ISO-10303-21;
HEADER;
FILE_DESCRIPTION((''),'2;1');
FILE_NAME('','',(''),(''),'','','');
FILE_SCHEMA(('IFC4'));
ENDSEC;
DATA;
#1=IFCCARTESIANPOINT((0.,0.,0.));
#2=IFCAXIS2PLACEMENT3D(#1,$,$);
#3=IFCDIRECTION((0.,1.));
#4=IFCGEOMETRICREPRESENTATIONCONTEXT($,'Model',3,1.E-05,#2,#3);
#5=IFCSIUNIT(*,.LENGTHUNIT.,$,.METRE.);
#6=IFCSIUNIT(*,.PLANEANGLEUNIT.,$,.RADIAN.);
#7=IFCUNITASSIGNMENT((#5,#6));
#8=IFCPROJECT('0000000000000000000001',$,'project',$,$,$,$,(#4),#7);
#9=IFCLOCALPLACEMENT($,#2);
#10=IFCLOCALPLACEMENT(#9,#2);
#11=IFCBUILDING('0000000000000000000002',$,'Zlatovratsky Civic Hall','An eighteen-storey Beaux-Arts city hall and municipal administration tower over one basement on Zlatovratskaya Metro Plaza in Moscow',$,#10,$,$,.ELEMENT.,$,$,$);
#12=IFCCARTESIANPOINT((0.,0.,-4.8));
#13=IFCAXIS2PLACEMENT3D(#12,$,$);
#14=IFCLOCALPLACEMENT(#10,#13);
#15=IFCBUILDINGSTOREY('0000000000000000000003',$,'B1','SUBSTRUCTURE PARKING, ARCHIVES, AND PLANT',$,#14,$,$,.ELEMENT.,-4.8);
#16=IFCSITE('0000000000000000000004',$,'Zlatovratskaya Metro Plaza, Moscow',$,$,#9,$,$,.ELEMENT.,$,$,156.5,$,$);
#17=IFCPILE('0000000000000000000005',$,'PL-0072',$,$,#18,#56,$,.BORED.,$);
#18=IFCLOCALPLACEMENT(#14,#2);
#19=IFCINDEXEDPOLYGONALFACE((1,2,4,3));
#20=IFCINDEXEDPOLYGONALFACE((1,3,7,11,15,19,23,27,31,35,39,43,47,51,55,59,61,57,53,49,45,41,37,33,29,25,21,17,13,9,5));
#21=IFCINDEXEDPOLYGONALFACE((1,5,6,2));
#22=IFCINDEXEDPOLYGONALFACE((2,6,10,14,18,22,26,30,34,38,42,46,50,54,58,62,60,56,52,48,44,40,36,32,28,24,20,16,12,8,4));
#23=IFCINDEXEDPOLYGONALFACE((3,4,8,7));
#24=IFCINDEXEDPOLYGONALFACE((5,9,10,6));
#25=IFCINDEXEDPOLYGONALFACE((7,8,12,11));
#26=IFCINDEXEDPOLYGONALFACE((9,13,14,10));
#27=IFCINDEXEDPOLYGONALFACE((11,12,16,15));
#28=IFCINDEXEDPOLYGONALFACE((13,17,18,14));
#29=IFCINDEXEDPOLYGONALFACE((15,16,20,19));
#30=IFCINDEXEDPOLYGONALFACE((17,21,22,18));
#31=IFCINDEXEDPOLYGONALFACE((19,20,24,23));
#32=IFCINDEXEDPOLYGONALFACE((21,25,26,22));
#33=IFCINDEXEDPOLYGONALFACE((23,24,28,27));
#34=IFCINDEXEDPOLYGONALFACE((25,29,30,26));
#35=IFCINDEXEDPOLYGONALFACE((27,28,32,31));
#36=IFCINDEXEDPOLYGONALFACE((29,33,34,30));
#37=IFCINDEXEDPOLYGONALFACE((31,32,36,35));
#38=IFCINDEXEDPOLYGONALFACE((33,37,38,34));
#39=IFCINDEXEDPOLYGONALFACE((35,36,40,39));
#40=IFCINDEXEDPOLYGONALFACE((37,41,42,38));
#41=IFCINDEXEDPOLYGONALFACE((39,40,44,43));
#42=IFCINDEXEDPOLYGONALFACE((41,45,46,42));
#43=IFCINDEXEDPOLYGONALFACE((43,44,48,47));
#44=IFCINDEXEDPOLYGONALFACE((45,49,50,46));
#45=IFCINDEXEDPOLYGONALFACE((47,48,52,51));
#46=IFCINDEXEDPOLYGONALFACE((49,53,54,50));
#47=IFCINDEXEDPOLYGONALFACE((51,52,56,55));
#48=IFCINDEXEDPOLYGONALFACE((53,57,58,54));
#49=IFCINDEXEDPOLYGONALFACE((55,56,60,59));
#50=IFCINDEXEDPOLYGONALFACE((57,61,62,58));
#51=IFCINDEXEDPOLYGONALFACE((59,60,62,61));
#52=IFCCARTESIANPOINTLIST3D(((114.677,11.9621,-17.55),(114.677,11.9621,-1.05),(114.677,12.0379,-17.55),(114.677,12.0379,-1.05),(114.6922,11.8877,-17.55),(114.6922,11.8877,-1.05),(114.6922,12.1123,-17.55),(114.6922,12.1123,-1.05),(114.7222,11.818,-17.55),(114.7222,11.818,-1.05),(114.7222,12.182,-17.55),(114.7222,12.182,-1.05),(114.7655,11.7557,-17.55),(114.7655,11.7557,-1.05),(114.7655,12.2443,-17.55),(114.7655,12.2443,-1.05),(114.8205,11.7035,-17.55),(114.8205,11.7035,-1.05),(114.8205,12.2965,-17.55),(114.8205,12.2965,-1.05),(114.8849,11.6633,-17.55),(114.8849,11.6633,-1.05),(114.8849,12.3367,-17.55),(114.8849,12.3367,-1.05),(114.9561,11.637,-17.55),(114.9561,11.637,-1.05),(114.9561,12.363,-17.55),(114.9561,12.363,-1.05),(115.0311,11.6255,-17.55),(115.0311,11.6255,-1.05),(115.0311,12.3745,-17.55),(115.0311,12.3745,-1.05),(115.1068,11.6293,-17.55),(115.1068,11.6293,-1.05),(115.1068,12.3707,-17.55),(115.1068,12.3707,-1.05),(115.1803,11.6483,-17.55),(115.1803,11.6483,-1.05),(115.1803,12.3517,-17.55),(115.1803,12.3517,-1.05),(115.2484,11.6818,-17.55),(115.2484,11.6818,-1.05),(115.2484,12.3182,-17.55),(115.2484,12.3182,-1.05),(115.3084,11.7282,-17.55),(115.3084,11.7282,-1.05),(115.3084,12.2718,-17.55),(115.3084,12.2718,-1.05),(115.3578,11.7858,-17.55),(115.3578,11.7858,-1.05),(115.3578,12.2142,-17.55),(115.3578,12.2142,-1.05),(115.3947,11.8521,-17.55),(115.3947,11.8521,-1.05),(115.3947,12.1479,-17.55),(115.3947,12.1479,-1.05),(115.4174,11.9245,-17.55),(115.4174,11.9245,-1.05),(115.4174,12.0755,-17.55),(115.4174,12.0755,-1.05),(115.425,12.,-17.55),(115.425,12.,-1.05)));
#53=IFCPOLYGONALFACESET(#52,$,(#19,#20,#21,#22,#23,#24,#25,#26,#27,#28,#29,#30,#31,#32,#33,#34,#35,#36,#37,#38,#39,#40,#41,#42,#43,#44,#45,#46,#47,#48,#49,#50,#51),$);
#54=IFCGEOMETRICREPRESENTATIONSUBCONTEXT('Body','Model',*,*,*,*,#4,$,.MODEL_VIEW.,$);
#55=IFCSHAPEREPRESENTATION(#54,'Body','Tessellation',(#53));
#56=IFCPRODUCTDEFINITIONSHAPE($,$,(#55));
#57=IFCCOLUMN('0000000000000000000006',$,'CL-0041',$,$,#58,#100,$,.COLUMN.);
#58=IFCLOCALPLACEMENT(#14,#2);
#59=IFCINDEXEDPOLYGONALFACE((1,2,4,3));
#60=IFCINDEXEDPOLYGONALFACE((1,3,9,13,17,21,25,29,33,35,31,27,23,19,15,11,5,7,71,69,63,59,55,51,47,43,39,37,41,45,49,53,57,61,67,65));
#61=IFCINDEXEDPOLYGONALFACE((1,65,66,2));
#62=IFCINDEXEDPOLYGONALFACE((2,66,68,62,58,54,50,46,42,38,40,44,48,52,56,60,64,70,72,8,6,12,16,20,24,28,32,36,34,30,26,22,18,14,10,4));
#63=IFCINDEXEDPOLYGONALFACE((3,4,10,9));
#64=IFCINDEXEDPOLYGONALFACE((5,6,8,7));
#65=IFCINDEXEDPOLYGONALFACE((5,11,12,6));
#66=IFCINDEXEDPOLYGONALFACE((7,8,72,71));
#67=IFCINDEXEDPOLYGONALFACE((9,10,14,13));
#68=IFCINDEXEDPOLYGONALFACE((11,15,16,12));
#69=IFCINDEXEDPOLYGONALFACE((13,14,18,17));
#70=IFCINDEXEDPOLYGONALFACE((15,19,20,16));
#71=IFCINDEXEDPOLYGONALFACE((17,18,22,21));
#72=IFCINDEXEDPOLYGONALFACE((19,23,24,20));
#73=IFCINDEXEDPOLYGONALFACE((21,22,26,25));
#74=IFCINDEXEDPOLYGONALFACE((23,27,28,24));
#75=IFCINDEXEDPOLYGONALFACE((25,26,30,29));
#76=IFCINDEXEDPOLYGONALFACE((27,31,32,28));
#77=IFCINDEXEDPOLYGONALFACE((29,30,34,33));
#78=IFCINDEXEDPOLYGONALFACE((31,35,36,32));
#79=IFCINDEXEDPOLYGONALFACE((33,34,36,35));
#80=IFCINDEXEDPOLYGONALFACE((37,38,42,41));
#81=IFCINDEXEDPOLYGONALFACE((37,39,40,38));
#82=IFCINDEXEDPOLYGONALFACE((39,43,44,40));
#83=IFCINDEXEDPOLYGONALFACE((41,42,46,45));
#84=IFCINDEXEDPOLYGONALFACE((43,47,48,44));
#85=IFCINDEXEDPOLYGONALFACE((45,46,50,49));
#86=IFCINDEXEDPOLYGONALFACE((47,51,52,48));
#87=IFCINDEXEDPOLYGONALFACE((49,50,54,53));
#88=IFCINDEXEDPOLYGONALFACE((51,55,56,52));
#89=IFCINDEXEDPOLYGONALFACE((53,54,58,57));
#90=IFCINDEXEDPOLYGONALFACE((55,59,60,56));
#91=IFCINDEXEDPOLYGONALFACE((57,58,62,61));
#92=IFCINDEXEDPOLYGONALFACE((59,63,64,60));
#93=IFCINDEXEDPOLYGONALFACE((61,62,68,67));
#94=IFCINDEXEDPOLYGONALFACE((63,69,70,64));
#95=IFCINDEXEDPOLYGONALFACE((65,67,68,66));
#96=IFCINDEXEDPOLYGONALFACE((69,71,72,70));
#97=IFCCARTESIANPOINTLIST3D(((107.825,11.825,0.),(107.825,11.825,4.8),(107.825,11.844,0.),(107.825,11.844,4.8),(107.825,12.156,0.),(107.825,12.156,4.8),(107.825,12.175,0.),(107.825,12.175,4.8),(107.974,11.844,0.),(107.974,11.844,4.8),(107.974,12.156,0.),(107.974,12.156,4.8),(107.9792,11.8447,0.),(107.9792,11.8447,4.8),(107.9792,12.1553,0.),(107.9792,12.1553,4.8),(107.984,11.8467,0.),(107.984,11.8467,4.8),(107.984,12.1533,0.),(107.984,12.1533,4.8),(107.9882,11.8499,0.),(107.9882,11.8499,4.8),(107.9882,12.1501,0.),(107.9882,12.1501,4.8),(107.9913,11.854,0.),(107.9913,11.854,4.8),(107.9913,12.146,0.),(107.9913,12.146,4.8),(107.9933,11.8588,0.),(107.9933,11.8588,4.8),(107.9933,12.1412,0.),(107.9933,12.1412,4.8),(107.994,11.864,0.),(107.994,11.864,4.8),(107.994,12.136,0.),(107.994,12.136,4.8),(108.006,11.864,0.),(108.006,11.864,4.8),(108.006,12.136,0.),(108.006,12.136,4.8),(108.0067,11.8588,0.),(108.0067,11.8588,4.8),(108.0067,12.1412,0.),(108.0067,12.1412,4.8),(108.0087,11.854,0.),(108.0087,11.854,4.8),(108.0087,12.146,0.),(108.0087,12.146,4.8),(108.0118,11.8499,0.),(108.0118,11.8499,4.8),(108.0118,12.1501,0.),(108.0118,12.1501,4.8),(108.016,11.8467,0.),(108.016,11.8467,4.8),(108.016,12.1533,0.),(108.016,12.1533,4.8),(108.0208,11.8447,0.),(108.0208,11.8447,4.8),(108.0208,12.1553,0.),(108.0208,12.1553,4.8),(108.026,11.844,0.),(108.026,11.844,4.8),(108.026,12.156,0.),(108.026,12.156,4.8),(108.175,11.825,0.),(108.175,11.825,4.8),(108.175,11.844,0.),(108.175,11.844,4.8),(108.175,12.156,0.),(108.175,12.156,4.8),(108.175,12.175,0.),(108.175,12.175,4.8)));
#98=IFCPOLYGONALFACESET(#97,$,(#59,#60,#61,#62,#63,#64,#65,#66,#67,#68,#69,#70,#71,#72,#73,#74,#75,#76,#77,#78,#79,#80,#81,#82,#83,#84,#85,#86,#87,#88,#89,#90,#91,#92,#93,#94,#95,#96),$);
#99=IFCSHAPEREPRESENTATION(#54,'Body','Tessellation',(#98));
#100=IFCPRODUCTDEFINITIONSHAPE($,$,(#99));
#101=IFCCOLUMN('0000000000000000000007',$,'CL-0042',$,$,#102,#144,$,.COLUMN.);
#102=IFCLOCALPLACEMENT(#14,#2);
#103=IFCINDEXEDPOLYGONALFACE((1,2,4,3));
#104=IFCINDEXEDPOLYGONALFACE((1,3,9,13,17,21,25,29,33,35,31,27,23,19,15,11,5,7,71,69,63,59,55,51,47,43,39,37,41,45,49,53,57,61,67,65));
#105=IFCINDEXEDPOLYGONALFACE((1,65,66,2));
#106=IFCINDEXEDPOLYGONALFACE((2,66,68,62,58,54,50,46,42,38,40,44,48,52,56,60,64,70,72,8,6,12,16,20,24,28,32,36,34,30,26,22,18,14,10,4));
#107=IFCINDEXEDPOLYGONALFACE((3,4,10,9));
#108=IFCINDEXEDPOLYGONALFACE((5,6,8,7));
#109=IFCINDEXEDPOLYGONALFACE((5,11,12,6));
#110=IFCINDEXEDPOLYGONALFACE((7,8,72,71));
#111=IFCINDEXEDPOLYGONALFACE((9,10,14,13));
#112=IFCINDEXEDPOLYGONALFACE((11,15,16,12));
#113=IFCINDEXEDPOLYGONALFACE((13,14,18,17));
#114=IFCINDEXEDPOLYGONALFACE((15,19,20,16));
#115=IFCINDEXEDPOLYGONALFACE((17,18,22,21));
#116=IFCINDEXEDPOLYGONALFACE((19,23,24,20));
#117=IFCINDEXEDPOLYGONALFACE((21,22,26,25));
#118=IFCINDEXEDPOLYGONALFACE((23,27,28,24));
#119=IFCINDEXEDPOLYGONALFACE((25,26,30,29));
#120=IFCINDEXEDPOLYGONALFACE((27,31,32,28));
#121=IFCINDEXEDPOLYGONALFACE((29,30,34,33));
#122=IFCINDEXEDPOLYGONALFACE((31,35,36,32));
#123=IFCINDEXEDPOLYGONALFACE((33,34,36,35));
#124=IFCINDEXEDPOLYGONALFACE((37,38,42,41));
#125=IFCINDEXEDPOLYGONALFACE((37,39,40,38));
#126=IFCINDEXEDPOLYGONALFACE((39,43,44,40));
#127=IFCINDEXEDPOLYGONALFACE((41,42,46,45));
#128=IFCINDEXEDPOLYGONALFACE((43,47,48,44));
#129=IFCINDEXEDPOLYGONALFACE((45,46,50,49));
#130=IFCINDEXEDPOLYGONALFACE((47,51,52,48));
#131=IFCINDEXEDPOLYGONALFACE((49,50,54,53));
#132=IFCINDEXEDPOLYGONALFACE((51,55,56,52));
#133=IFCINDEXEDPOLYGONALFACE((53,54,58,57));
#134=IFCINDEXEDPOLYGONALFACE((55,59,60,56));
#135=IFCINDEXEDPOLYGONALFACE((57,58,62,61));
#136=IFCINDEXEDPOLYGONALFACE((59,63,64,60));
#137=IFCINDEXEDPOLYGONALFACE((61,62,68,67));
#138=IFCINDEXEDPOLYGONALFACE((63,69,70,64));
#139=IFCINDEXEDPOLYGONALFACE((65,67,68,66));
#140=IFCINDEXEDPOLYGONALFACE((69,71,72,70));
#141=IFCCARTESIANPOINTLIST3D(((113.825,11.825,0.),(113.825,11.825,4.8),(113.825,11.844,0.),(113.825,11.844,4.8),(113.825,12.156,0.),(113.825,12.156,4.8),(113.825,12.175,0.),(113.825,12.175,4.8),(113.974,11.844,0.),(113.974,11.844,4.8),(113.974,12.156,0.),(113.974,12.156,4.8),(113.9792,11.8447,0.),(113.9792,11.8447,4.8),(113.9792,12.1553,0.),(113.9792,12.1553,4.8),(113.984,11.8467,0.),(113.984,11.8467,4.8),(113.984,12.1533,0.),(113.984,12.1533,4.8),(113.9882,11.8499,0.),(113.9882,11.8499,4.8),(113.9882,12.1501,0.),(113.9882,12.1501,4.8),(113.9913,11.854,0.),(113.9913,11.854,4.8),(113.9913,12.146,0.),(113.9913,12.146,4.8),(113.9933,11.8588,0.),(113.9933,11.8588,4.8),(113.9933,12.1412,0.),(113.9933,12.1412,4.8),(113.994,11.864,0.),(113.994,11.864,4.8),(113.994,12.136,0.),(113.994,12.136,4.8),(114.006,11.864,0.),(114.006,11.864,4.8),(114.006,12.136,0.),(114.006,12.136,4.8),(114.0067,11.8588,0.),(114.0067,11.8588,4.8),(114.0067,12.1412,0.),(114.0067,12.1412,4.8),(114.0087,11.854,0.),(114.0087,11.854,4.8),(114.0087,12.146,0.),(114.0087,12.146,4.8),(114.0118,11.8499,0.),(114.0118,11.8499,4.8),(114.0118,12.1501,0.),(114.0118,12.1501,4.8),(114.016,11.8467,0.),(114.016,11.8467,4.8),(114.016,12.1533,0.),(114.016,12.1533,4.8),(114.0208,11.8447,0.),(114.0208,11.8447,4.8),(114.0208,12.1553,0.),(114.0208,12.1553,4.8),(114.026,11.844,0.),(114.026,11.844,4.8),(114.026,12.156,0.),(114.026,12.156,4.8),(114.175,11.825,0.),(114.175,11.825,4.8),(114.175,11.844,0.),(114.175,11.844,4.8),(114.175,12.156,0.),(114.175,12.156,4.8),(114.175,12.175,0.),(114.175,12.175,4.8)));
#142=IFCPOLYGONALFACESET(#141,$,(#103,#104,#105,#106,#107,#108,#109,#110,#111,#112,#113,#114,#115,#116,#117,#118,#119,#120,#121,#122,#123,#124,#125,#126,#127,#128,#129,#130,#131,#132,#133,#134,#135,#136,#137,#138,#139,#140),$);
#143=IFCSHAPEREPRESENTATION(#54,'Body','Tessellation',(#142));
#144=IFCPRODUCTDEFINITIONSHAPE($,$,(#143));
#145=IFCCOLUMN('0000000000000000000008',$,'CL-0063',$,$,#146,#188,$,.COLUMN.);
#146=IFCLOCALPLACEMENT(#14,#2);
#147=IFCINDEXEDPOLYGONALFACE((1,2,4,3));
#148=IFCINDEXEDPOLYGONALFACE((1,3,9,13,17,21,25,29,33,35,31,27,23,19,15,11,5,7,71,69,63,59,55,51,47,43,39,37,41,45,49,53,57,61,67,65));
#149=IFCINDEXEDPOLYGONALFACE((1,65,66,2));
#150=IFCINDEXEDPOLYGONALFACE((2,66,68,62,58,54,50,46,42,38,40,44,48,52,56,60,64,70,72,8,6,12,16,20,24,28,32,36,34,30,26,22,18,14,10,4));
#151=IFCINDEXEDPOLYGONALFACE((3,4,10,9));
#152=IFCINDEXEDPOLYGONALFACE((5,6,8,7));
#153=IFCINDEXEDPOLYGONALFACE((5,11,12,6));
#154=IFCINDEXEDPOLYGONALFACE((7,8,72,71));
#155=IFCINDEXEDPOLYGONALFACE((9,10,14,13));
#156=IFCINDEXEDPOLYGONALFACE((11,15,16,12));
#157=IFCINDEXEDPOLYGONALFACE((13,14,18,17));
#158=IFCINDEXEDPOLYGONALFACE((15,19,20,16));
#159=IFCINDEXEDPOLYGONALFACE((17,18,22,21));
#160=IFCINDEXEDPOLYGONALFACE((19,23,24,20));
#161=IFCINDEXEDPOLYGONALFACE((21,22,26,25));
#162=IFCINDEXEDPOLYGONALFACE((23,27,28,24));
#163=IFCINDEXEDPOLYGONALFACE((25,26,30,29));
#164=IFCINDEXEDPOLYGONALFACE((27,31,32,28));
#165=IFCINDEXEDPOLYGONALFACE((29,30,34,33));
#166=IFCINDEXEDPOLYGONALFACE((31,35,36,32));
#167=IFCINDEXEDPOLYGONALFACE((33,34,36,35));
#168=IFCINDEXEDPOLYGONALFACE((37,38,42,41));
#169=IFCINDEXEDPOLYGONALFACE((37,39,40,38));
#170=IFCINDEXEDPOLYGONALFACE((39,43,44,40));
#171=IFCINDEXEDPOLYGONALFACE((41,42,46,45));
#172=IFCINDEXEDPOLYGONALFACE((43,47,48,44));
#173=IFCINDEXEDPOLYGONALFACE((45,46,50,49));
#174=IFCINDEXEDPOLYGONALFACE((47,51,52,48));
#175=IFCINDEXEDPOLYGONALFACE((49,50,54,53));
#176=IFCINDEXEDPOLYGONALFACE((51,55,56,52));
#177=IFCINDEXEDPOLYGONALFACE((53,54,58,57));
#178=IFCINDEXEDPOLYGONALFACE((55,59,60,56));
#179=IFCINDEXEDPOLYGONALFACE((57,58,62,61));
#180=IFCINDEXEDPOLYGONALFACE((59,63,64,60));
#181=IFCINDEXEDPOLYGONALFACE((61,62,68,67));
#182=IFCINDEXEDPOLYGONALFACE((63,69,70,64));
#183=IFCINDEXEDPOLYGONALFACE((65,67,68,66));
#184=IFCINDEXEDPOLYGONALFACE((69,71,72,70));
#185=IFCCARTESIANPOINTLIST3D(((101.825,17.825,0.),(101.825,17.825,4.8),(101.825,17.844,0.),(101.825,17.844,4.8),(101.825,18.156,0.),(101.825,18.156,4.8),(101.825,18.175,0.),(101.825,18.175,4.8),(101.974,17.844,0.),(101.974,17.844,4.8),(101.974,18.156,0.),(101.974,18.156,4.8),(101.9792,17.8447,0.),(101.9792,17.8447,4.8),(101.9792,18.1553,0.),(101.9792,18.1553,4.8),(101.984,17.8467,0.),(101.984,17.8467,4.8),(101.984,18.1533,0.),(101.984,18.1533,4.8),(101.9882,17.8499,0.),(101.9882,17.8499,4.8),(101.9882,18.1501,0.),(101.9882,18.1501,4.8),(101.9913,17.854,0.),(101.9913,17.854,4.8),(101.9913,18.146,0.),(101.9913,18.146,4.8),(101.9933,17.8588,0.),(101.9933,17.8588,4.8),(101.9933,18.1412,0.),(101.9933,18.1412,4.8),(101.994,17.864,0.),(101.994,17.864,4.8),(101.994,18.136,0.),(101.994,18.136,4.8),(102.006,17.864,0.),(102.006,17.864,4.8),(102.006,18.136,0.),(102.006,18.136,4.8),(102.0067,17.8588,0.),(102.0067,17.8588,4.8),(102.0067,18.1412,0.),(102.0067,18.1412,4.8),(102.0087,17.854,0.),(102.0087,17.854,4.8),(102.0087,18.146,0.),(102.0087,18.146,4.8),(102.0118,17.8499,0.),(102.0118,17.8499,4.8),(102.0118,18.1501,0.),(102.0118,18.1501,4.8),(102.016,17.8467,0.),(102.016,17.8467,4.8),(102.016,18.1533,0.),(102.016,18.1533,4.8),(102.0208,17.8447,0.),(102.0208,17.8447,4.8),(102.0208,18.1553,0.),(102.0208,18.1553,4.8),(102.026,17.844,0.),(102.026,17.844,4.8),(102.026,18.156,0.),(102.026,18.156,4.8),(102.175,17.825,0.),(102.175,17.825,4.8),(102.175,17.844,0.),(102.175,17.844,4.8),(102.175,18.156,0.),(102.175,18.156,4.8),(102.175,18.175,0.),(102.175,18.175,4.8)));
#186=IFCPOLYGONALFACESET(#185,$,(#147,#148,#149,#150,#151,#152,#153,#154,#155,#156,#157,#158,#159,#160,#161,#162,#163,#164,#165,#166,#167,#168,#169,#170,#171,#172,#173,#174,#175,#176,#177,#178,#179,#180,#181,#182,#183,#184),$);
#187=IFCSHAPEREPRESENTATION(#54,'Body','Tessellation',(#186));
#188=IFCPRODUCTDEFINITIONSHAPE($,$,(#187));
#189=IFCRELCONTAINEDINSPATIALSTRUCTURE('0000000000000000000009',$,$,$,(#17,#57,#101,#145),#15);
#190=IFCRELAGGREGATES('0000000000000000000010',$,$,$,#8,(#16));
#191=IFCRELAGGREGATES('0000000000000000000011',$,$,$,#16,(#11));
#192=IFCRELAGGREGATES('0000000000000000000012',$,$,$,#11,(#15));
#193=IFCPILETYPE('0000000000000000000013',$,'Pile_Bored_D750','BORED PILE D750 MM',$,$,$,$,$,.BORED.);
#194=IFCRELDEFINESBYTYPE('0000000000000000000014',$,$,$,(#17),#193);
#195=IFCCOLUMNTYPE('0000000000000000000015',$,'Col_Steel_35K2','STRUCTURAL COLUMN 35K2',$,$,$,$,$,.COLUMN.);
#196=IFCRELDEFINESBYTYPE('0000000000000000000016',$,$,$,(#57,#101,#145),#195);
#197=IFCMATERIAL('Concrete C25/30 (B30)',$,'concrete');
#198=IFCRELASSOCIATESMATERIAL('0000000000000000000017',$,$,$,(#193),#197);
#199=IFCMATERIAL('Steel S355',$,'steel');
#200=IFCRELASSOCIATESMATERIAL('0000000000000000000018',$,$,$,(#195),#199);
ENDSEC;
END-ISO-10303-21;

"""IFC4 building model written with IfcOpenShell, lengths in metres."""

from ifc_helpers import new_model, si_unit, direction, frame, origin, origin_2d, place, context, subcontext, project, spatial, circle, i_section, extrude, material, material_profile, profile_set, type_object, element, save


model = new_model("IFC4")

# Units and contexts
model_context = context("Model", 3, precision=1e-05, world=origin(), true_north=direction((0.0, 1.0)))
body_context = subcontext(model_context, "Body", "Model", "MODEL_VIEW")
ifc_project = project(units=[si_unit("LENGTHUNIT", "METRE"), si_unit("PLANEANGLEUNIT", "RADIAN")], contexts=[model_context])

# Site, building, storey
site_placement = place(None, origin())
site = spatial("IfcSite", under=ifc_project, at=site_placement, Name="Zlatovratskaya Metro Plaza, Moscow", CompositionType="ELEMENT", RefElevation=156.5)
building_placement = place(site_placement, origin())
building = spatial("IfcBuilding", under=site, at=building_placement, Name="Zlatovratsky Civic Hall", Description="An eighteen-storey Beaux-Arts city hall and municipal administration tower over one basement on Zlatovratskaya Metro Plaza in Moscow", CompositionType="ELEMENT")
storey_placement = place(building_placement, frame((0.0, 0.0, -4.8)))
storey = spatial("IfcBuildingStorey", under=building, at=storey_placement, Name="B1", Description="SUBSTRUCTURE PARKING, ARCHIVES, AND PLANT", CompositionType="ELEMENT", Elevation=-4.8)

# Shared definitions
ifc_material_1 = material(Name="Concrete C25/30 (B30)", Category="concrete")

# Pile
ifc_material_profile_1 = material_profile(ifc_material_1, circle(Radius=0.375, at=origin_2d()), Name="PILE D750")
ifc_profile_set_1 = profile_set([ifc_material_profile_1], Name="Concrete C25/30 (B30)")
pile_type_1 = type_object("IfcPileType", Name="Pile_Bored_D750", Description="BORED PILE D750 MM", PredefinedType="BORED", material=ifc_profile_set_1)
for number, where, z_axis, x_axis, name in (
    (1, (115.05, 12.0, -1.05), (0.0, 0.0, -1.0), (1.0, 0.0, 0.0), "PL-0072"),
):
    element("IfcPile", number, at=place(storey_placement, frame(where, z_axis=z_axis, x_axis=x_axis)), inside=storey, type_object=pile_type_1, Name=name, PredefinedType="BORED", context=body_context, shape_type="SweptSolid", body=[
        extrude(circle(Radius=0.375, at=origin_2d()), origin(), (0.0, 0.0, 1.0), 16.5),
    ])

# Columns
ifc_material_2 = material(Name="Steel S355", Category="steel")
ifc_material_profile_2 = material_profile(ifc_material_2, i_section(OverallWidth=0.3501, OverallDepth=0.3501, WebThickness=0.012, FlangeThickness=0.019, FilletRadius=0.02, at=origin_2d()), Name="35K2")
ifc_profile_set_2 = profile_set([ifc_material_profile_2], Name="Steel S355")
column_type = type_object("IfcColumnType", Name="Col_Steel_35K2", Description="STRUCTURAL COLUMN 35K2", PredefinedType="COLUMN", material=ifc_profile_set_2)
for number, where, z_axis, x_axis, name in (
    (2, (108.0, 12.0, 0.0), (0.0, 0.0, 1.0), (1.0, 0.0, 0.0), "CL-0041"),
    (3, (114.0, 12.0, 0.0), (0.0, 0.0, 1.0), (1.0, 0.0, 0.0), "CL-0042"),
    (4, (102.0, 18.0, 0.0), (0.0, 0.0, 1.0), (1.0, 0.0, 0.0), "CL-0063"),
):
    element("IfcColumn", number, at=place(storey_placement, frame(where, z_axis=z_axis, x_axis=x_axis)), inside=storey, type_object=column_type, Name=name, PredefinedType="COLUMN", context=body_context, shape_type="SweptSolid", body=[
        extrude(i_section(OverallWidth=0.3501, OverallDepth=0.3501, WebThickness=0.012, FlangeThickness=0.019, FilletRadius=0.02, at=origin_2d()), origin(), (0.0, 0.0, 1.0), 4.8),
    ])

save(model, "model.ifc")
